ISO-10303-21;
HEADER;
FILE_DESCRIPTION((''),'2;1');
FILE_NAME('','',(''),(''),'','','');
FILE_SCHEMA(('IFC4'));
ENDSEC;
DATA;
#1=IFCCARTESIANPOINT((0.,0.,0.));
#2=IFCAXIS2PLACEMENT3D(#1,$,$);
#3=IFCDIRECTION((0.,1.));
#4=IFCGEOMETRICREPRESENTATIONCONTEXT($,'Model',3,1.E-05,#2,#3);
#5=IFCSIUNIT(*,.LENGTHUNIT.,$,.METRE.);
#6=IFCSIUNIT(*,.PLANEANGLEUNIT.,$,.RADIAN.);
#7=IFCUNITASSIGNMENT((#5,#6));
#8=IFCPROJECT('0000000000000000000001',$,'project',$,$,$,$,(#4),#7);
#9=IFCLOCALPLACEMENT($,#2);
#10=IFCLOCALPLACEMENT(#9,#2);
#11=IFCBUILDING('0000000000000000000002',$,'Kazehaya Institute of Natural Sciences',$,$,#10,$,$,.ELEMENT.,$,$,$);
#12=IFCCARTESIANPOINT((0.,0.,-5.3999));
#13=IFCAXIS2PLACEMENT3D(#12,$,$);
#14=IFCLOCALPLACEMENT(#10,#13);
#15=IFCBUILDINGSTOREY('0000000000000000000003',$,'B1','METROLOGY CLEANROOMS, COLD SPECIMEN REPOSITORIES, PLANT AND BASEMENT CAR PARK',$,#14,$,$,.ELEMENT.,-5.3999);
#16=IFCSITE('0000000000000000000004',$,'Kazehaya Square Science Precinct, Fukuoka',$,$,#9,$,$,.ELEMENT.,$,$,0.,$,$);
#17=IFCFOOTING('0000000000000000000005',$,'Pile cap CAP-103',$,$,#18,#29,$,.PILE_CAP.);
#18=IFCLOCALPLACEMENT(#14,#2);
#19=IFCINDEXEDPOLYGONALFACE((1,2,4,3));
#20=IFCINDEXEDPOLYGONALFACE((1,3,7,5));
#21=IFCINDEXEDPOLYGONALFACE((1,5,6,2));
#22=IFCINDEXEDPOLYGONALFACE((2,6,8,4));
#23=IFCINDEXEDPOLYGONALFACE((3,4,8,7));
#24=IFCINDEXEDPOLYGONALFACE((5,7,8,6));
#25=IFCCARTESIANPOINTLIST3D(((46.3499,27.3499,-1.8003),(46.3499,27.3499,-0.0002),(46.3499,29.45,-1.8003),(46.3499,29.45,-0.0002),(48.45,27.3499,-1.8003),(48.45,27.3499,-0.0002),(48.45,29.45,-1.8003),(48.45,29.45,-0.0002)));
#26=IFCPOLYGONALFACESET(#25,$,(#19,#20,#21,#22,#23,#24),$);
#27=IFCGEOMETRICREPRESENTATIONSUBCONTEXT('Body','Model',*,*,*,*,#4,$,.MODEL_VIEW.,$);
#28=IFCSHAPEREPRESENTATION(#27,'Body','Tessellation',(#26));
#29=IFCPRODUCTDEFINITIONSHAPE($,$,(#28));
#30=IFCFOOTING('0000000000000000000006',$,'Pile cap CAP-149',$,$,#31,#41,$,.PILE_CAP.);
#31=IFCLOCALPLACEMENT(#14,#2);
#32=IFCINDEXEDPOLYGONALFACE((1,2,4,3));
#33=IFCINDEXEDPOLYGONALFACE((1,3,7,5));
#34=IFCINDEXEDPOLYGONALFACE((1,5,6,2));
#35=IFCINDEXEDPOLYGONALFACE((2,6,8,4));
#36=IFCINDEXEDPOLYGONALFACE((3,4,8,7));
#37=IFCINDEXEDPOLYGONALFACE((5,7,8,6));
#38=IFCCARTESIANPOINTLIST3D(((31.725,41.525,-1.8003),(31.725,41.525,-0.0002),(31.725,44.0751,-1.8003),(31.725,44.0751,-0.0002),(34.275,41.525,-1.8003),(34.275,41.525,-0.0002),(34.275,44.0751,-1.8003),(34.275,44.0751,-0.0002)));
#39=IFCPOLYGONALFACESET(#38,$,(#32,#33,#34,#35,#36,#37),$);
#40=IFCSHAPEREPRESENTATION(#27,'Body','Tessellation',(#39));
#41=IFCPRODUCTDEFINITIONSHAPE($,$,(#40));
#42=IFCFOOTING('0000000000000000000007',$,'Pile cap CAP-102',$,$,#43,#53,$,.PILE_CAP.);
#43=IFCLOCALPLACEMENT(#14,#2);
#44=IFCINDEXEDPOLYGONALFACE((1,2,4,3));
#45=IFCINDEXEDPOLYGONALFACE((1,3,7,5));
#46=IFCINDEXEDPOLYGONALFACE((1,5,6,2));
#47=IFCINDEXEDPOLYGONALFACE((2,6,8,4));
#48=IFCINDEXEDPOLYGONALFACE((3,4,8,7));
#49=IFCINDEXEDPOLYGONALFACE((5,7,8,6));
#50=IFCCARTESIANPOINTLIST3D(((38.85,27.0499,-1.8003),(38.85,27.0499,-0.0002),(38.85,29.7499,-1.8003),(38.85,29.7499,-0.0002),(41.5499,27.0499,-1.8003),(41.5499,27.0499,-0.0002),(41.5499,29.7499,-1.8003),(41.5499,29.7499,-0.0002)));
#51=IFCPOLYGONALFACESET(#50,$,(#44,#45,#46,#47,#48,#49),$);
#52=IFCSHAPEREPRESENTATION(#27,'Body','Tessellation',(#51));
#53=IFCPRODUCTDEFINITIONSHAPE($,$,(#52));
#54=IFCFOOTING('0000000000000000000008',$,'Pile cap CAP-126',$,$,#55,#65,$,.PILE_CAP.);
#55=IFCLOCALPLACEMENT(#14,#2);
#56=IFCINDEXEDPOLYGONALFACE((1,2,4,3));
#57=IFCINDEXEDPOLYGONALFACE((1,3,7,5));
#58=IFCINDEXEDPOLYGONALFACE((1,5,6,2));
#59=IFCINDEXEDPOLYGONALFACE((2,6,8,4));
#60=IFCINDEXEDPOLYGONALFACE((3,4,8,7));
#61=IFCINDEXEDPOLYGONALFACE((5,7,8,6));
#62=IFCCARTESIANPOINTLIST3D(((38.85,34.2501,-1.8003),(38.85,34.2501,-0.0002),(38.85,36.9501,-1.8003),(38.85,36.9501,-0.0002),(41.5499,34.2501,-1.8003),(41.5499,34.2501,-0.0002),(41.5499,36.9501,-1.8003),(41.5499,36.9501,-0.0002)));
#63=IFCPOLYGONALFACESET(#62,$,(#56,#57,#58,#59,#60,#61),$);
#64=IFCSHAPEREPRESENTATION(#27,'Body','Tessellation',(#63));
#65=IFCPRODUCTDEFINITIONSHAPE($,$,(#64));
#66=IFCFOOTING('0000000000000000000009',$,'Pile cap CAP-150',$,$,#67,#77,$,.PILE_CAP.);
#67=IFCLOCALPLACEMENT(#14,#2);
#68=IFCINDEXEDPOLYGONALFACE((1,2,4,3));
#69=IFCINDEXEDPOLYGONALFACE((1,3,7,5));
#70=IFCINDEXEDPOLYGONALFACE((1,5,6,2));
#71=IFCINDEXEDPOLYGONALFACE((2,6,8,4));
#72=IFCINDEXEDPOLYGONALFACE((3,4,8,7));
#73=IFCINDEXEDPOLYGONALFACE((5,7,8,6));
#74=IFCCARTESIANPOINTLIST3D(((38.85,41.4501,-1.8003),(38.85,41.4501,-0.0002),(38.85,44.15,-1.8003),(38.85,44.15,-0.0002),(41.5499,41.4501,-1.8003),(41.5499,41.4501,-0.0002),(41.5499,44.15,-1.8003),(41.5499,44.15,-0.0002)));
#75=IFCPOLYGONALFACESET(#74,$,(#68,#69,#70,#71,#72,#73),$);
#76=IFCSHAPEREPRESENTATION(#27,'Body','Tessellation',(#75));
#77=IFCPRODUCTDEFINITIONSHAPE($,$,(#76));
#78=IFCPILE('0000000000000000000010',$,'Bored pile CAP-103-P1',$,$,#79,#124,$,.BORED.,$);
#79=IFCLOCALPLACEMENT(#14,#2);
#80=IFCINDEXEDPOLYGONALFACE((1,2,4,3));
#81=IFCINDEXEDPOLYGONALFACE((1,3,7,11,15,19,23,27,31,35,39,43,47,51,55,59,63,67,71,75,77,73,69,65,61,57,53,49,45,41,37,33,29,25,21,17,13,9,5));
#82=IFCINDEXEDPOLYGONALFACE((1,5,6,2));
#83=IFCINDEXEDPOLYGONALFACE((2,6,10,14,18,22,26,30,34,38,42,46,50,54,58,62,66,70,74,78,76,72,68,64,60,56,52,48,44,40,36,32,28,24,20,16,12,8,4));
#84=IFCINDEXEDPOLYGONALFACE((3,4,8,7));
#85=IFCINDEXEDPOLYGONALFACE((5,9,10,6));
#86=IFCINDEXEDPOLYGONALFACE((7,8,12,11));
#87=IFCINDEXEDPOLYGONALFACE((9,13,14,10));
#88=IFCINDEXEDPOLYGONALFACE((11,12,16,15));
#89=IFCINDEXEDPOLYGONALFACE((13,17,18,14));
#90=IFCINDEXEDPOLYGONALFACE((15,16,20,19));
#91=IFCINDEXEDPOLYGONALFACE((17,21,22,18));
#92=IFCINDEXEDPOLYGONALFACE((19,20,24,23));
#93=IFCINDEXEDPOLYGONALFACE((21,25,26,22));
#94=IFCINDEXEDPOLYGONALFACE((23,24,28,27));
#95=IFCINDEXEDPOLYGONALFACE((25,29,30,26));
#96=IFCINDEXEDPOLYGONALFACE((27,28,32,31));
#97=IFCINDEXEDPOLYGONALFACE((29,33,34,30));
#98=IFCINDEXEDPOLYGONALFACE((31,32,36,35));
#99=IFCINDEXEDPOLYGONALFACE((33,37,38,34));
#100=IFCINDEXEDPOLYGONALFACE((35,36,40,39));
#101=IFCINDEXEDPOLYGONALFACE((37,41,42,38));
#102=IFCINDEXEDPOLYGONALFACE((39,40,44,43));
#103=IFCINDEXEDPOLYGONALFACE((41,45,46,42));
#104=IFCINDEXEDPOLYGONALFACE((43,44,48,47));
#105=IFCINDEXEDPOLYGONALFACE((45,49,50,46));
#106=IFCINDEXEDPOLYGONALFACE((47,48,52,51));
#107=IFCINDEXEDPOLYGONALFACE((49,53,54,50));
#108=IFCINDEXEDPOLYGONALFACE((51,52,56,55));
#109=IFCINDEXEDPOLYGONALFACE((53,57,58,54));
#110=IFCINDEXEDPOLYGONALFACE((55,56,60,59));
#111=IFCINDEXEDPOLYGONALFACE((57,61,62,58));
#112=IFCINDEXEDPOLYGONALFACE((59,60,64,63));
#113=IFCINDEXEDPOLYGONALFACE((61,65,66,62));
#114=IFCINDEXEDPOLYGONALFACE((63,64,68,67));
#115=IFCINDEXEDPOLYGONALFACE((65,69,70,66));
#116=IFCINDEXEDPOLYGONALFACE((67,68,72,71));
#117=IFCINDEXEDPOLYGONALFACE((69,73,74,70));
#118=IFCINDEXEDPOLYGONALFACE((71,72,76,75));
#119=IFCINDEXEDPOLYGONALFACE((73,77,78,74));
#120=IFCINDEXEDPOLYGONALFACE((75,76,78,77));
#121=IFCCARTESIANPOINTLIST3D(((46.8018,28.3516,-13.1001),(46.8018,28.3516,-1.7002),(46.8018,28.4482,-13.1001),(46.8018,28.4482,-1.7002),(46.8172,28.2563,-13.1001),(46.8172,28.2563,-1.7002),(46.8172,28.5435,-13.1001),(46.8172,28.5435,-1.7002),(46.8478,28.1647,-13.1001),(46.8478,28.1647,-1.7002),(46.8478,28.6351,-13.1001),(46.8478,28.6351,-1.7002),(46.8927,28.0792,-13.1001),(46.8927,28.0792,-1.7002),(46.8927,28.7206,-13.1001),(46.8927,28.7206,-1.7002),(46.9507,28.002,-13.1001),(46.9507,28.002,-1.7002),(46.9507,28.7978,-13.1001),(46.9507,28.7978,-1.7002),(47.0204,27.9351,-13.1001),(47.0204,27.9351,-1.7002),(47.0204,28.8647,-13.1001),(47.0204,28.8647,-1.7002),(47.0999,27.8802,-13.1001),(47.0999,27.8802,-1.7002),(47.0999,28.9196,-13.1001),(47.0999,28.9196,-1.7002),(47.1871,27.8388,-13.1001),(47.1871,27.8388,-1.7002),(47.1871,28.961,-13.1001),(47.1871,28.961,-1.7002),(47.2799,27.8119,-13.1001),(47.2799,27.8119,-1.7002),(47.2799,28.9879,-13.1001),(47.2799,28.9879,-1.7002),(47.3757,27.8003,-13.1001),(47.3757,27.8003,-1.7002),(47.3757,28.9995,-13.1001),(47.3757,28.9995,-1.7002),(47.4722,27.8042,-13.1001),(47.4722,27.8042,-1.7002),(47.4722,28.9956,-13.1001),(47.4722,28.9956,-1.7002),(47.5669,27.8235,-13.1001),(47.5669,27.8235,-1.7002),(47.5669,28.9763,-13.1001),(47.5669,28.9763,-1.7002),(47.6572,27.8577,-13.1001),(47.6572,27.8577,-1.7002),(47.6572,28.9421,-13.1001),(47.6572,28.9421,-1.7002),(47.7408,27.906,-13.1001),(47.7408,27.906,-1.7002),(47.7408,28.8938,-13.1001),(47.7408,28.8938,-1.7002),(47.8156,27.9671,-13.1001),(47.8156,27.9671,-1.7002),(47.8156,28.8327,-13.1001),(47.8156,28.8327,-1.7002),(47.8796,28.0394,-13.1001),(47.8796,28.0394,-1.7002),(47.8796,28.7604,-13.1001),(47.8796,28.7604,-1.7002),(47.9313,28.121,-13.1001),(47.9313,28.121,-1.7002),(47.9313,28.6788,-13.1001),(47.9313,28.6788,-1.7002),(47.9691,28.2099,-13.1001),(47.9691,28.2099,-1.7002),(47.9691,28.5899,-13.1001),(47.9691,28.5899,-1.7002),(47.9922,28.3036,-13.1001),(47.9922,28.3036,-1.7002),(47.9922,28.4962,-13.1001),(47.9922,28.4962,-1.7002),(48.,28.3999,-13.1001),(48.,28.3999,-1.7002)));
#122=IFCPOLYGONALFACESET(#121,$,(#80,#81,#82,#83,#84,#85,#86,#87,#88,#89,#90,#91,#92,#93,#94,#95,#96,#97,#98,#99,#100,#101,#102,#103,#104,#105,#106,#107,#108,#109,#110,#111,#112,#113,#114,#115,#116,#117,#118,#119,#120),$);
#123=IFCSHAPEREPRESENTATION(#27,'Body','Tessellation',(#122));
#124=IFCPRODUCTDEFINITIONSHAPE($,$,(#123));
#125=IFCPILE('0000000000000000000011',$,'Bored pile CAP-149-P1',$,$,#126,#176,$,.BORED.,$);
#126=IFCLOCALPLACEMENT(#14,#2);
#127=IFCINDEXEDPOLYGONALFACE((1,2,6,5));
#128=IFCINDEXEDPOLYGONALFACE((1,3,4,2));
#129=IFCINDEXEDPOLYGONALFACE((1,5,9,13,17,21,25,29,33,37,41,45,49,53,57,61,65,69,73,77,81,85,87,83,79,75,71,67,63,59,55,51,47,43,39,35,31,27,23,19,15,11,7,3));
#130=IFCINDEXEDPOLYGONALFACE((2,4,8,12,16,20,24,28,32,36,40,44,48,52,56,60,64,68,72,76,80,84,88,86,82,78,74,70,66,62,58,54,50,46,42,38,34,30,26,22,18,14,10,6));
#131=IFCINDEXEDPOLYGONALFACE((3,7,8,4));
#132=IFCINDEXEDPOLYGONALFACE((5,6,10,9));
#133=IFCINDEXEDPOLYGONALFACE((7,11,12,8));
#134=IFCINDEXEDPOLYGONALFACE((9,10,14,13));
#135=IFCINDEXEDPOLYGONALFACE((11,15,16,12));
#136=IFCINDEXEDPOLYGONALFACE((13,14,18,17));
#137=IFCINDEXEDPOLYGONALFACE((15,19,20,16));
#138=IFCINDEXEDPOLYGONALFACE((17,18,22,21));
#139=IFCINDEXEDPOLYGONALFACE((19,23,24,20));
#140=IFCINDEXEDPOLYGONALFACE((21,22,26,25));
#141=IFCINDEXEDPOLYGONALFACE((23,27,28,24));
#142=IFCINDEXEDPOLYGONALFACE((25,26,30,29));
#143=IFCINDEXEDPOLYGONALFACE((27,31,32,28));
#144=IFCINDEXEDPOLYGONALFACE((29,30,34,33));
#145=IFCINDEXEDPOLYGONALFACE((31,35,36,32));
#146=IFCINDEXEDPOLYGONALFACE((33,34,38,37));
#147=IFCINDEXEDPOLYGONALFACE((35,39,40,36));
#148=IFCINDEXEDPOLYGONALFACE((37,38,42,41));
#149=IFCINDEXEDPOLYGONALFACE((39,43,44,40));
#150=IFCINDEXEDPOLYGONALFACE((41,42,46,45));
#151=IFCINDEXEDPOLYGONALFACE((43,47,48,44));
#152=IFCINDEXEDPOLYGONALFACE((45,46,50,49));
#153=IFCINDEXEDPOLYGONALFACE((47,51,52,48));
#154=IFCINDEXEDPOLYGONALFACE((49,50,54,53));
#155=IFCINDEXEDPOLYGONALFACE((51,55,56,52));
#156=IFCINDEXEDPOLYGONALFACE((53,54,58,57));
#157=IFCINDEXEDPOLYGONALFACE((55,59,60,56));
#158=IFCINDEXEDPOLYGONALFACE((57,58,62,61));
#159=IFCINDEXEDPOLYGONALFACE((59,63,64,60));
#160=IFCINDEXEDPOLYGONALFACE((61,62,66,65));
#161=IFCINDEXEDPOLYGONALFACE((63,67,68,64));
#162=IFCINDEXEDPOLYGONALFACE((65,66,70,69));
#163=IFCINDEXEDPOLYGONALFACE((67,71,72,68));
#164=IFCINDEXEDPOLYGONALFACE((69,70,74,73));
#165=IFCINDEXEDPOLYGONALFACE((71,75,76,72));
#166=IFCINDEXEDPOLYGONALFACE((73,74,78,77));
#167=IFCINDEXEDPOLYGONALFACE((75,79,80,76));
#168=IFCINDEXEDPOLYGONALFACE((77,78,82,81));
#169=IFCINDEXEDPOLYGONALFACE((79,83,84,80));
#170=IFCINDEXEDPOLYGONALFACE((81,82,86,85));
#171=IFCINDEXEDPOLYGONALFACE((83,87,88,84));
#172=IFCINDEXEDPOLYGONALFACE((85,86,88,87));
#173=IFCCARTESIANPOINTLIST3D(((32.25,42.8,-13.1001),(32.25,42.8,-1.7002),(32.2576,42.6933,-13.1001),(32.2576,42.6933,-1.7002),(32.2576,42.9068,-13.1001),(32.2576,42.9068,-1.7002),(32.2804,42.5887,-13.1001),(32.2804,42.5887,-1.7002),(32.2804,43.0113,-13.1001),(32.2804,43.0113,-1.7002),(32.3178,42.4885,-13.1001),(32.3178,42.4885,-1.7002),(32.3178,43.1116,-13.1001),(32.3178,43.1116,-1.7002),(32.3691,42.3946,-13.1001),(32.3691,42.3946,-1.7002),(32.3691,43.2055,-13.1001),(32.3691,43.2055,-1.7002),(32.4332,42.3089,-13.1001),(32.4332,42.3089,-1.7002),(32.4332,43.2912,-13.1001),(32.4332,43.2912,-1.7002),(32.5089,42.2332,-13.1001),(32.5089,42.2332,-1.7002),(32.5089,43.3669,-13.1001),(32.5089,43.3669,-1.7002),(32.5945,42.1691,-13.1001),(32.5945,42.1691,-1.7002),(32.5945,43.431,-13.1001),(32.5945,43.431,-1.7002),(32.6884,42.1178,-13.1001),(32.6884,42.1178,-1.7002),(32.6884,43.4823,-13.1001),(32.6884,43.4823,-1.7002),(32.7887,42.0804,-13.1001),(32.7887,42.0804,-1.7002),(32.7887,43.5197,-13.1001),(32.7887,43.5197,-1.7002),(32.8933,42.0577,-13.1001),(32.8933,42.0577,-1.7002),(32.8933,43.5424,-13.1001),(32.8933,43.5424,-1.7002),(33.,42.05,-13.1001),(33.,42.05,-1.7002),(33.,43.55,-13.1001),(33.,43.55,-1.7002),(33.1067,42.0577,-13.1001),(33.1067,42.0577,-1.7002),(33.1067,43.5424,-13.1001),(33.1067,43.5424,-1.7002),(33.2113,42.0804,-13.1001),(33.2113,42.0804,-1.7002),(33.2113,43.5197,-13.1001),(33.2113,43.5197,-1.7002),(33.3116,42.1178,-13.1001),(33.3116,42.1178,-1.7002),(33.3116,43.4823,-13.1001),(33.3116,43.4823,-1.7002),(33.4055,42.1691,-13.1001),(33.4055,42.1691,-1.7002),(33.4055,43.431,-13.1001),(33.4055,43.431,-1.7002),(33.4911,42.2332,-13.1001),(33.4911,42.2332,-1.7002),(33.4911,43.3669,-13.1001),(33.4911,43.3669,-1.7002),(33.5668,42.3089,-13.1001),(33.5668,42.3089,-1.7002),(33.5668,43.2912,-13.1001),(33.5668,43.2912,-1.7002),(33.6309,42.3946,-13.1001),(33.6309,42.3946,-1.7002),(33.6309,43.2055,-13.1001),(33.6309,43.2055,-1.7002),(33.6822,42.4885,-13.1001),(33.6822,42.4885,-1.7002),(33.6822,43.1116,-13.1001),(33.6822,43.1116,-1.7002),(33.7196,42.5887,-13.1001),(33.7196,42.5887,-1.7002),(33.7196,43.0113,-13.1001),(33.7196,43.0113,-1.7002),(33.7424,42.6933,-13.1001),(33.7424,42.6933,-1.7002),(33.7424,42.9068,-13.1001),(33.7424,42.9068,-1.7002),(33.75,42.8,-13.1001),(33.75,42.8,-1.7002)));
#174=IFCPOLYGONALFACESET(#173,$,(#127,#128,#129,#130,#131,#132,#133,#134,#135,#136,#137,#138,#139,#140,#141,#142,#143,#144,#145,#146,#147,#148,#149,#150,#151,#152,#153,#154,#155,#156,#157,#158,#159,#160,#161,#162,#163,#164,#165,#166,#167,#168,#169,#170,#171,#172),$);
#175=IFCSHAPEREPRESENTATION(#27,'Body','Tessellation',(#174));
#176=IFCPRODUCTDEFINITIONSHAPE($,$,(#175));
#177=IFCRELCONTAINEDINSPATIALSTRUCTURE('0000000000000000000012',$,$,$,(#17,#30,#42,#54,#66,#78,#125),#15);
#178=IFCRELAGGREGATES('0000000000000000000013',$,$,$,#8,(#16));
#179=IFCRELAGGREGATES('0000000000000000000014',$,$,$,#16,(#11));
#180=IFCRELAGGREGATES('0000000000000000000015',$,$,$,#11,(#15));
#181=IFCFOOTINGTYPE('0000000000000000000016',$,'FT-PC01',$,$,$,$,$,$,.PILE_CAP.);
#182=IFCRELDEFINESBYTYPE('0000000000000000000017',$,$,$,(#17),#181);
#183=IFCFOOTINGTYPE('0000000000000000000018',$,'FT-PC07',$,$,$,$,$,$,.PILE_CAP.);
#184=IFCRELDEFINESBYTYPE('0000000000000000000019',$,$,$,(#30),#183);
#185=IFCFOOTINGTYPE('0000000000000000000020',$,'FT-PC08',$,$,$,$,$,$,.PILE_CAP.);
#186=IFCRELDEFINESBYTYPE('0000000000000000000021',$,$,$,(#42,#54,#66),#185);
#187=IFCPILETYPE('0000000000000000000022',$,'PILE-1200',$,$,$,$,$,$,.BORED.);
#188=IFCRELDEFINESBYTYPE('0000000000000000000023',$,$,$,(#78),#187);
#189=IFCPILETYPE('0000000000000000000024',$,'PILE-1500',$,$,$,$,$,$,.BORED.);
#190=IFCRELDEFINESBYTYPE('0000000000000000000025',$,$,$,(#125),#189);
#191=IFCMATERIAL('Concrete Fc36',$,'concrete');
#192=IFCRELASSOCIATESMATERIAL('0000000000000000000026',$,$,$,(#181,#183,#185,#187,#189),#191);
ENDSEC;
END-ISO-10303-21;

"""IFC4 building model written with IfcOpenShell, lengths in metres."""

from ifc_helpers import new_model, si_unit, direction, frame, origin, origin_2d, place, context, subcontext, project, spatial, rectangle, circle, extrude, material, material_profile, profile_set, type_object, element, save


model = new_model("IFC4")

# Units and contexts
model_context = context("Model", 3, precision=1e-05, world=origin(), true_north=direction((0.0, 1.0)))
body_context = subcontext(model_context, "Body", "Model", "MODEL_VIEW")
ifc_project = project(units=[si_unit("LENGTHUNIT", "METRE"), si_unit("PLANEANGLEUNIT", "RADIAN")], contexts=[model_context])

# Site, building, storey
site_placement = place(None, origin())
site = spatial("IfcSite", under=ifc_project, at=site_placement, Name="Kazehaya Square Science Precinct, Fukuoka", CompositionType="ELEMENT", RefElevation=0.0)
building_placement = place(site_placement, origin())
building = spatial("IfcBuilding", under=site, at=building_placement, Name="Kazehaya Institute of Natural Sciences", CompositionType="ELEMENT")
storey_placement = place(building_placement, frame((0.0, 0.0, -5.3999)))
storey = spatial("IfcBuildingStorey", under=building, at=storey_placement, Name="B1", Description="METROLOGY CLEANROOMS, COLD SPECIMEN REPOSITORIES, PLANT AND BASEMENT CAR PARK", CompositionType="ELEMENT", Elevation=-5.3999)

# Footings
ifc_material_1 = material(Name="Concrete Fc36", Category="concrete")
footing_type_1 = type_object("IfcFootingType", Name="FT-PC01", PredefinedType="PILE_CAP", material=ifc_material_1)
footing_1_placement = place(storey_placement, frame((47.3999, 28.3999, -1.8003), z_axis=(0.0, 0.0, 1.0), x_axis=(1.0, 0.0, 0.0)))
element("IfcFooting", 1, at=footing_1_placement, inside=storey, type_object=footing_type_1, Name="Pile cap CAP-103", PredefinedType="PILE_CAP", context=body_context, shape_type="SweptSolid", body=[
    extrude(rectangle(XDim=2.1001, YDim=2.1001, at=origin_2d()), origin(), (0.0, 0.0, 1.0), 1.8),
])
footing_type_2 = type_object("IfcFootingType", Name="FT-PC07", PredefinedType="PILE_CAP", material=ifc_material_1)
footing_2_placement = place(storey_placement, frame((33.0, 42.8, -1.8003), z_axis=(0.0, 0.0, 1.0), x_axis=(1.0, 0.0, 0.0)))
element("IfcFooting", 2, at=footing_2_placement, inside=storey, type_object=footing_type_2, Name="Pile cap CAP-149", PredefinedType="PILE_CAP", context=body_context, shape_type="SweptSolid", body=[
    extrude(rectangle(XDim=2.55, YDim=2.55, at=origin_2d()), origin(), (0.0, 0.0, 1.0), 1.8),
])
footing_type_3 = type_object("IfcFootingType", Name="FT-PC08", PredefinedType="PILE_CAP", material=ifc_material_1)
for number, where, z_axis, x_axis, name in (
    (3, (40.2, 28.3999, -1.8003), (0.0, 0.0, 1.0), (1.0, 0.0, 0.0), "Pile cap CAP-102"),
    (4, (40.2, 35.6001, -1.8003), (0.0, 0.0, 1.0), (1.0, 0.0, 0.0), "Pile cap CAP-126"),
    (5, (40.2, 42.8, -1.8003), (0.0, 0.0, 1.0), (1.0, 0.0, 0.0), "Pile cap CAP-150"),
):
    element("IfcFooting", number, at=place(storey_placement, frame(where, z_axis=z_axis, x_axis=x_axis)), inside=storey, type_object=footing_type_3, Name=name, PredefinedType="PILE_CAP", context=body_context, shape_type="SweptSolid", body=[
        extrude(rectangle(XDim=2.7, YDim=2.7, at=origin_2d()), origin(), (0.0, 0.0, 1.0), 1.8),
    ])

# Piles
ifc_material_profile_1 = material_profile(ifc_material_1, circle(Radius=0.6001, at=origin_2d()), Name="PILE-1200")
ifc_profile_set_1 = profile_set([ifc_material_profile_1], Name="Concrete Fc36")
pile_type_1 = type_object("IfcPileType", Name="PILE-1200", PredefinedType="BORED", material=ifc_profile_set_1)
pile_1_placement = place(storey_placement, frame((47.3999, 28.3999, -1.7002), z_axis=(0.0, 0.0, -1.0), x_axis=(1.0, 0.0, 0.0)))
element("IfcPile", 6, at=pile_1_placement, inside=storey, type_object=pile_type_1, Name="Bored pile CAP-103-P1", PredefinedType="BORED", context=body_context, shape_type="SweptSolid", body=[
    extrude(circle(Radius=0.6001, at=origin_2d()), origin(), (0.0, 0.0, 1.0), 11.3999),
])
ifc_material_profile_2 = material_profile(ifc_material_1, circle(Radius=0.75, at=origin_2d()), Name="PILE-1500")
ifc_profile_set_2 = profile_set([ifc_material_profile_2], Name="Concrete Fc36")
pile_type_2 = type_object("IfcPileType", Name="PILE-1500", PredefinedType="BORED", material=ifc_profile_set_2)
pile_2_placement = place(storey_placement, frame((33.0, 42.8, -1.7002), z_axis=(0.0, 0.0, -1.0), x_axis=(1.0, 0.0, 0.0)))
element("IfcPile", 7, at=pile_2_placement, inside=storey, type_object=pile_type_2, Name="Bored pile CAP-149-P1", PredefinedType="BORED", context=body_context, shape_type="SweptSolid", body=[
    extrude(circle(Radius=0.75, at=origin_2d()), origin(), (0.0, 0.0, 1.0), 11.3999),
])

save(model, "model.ifc")
